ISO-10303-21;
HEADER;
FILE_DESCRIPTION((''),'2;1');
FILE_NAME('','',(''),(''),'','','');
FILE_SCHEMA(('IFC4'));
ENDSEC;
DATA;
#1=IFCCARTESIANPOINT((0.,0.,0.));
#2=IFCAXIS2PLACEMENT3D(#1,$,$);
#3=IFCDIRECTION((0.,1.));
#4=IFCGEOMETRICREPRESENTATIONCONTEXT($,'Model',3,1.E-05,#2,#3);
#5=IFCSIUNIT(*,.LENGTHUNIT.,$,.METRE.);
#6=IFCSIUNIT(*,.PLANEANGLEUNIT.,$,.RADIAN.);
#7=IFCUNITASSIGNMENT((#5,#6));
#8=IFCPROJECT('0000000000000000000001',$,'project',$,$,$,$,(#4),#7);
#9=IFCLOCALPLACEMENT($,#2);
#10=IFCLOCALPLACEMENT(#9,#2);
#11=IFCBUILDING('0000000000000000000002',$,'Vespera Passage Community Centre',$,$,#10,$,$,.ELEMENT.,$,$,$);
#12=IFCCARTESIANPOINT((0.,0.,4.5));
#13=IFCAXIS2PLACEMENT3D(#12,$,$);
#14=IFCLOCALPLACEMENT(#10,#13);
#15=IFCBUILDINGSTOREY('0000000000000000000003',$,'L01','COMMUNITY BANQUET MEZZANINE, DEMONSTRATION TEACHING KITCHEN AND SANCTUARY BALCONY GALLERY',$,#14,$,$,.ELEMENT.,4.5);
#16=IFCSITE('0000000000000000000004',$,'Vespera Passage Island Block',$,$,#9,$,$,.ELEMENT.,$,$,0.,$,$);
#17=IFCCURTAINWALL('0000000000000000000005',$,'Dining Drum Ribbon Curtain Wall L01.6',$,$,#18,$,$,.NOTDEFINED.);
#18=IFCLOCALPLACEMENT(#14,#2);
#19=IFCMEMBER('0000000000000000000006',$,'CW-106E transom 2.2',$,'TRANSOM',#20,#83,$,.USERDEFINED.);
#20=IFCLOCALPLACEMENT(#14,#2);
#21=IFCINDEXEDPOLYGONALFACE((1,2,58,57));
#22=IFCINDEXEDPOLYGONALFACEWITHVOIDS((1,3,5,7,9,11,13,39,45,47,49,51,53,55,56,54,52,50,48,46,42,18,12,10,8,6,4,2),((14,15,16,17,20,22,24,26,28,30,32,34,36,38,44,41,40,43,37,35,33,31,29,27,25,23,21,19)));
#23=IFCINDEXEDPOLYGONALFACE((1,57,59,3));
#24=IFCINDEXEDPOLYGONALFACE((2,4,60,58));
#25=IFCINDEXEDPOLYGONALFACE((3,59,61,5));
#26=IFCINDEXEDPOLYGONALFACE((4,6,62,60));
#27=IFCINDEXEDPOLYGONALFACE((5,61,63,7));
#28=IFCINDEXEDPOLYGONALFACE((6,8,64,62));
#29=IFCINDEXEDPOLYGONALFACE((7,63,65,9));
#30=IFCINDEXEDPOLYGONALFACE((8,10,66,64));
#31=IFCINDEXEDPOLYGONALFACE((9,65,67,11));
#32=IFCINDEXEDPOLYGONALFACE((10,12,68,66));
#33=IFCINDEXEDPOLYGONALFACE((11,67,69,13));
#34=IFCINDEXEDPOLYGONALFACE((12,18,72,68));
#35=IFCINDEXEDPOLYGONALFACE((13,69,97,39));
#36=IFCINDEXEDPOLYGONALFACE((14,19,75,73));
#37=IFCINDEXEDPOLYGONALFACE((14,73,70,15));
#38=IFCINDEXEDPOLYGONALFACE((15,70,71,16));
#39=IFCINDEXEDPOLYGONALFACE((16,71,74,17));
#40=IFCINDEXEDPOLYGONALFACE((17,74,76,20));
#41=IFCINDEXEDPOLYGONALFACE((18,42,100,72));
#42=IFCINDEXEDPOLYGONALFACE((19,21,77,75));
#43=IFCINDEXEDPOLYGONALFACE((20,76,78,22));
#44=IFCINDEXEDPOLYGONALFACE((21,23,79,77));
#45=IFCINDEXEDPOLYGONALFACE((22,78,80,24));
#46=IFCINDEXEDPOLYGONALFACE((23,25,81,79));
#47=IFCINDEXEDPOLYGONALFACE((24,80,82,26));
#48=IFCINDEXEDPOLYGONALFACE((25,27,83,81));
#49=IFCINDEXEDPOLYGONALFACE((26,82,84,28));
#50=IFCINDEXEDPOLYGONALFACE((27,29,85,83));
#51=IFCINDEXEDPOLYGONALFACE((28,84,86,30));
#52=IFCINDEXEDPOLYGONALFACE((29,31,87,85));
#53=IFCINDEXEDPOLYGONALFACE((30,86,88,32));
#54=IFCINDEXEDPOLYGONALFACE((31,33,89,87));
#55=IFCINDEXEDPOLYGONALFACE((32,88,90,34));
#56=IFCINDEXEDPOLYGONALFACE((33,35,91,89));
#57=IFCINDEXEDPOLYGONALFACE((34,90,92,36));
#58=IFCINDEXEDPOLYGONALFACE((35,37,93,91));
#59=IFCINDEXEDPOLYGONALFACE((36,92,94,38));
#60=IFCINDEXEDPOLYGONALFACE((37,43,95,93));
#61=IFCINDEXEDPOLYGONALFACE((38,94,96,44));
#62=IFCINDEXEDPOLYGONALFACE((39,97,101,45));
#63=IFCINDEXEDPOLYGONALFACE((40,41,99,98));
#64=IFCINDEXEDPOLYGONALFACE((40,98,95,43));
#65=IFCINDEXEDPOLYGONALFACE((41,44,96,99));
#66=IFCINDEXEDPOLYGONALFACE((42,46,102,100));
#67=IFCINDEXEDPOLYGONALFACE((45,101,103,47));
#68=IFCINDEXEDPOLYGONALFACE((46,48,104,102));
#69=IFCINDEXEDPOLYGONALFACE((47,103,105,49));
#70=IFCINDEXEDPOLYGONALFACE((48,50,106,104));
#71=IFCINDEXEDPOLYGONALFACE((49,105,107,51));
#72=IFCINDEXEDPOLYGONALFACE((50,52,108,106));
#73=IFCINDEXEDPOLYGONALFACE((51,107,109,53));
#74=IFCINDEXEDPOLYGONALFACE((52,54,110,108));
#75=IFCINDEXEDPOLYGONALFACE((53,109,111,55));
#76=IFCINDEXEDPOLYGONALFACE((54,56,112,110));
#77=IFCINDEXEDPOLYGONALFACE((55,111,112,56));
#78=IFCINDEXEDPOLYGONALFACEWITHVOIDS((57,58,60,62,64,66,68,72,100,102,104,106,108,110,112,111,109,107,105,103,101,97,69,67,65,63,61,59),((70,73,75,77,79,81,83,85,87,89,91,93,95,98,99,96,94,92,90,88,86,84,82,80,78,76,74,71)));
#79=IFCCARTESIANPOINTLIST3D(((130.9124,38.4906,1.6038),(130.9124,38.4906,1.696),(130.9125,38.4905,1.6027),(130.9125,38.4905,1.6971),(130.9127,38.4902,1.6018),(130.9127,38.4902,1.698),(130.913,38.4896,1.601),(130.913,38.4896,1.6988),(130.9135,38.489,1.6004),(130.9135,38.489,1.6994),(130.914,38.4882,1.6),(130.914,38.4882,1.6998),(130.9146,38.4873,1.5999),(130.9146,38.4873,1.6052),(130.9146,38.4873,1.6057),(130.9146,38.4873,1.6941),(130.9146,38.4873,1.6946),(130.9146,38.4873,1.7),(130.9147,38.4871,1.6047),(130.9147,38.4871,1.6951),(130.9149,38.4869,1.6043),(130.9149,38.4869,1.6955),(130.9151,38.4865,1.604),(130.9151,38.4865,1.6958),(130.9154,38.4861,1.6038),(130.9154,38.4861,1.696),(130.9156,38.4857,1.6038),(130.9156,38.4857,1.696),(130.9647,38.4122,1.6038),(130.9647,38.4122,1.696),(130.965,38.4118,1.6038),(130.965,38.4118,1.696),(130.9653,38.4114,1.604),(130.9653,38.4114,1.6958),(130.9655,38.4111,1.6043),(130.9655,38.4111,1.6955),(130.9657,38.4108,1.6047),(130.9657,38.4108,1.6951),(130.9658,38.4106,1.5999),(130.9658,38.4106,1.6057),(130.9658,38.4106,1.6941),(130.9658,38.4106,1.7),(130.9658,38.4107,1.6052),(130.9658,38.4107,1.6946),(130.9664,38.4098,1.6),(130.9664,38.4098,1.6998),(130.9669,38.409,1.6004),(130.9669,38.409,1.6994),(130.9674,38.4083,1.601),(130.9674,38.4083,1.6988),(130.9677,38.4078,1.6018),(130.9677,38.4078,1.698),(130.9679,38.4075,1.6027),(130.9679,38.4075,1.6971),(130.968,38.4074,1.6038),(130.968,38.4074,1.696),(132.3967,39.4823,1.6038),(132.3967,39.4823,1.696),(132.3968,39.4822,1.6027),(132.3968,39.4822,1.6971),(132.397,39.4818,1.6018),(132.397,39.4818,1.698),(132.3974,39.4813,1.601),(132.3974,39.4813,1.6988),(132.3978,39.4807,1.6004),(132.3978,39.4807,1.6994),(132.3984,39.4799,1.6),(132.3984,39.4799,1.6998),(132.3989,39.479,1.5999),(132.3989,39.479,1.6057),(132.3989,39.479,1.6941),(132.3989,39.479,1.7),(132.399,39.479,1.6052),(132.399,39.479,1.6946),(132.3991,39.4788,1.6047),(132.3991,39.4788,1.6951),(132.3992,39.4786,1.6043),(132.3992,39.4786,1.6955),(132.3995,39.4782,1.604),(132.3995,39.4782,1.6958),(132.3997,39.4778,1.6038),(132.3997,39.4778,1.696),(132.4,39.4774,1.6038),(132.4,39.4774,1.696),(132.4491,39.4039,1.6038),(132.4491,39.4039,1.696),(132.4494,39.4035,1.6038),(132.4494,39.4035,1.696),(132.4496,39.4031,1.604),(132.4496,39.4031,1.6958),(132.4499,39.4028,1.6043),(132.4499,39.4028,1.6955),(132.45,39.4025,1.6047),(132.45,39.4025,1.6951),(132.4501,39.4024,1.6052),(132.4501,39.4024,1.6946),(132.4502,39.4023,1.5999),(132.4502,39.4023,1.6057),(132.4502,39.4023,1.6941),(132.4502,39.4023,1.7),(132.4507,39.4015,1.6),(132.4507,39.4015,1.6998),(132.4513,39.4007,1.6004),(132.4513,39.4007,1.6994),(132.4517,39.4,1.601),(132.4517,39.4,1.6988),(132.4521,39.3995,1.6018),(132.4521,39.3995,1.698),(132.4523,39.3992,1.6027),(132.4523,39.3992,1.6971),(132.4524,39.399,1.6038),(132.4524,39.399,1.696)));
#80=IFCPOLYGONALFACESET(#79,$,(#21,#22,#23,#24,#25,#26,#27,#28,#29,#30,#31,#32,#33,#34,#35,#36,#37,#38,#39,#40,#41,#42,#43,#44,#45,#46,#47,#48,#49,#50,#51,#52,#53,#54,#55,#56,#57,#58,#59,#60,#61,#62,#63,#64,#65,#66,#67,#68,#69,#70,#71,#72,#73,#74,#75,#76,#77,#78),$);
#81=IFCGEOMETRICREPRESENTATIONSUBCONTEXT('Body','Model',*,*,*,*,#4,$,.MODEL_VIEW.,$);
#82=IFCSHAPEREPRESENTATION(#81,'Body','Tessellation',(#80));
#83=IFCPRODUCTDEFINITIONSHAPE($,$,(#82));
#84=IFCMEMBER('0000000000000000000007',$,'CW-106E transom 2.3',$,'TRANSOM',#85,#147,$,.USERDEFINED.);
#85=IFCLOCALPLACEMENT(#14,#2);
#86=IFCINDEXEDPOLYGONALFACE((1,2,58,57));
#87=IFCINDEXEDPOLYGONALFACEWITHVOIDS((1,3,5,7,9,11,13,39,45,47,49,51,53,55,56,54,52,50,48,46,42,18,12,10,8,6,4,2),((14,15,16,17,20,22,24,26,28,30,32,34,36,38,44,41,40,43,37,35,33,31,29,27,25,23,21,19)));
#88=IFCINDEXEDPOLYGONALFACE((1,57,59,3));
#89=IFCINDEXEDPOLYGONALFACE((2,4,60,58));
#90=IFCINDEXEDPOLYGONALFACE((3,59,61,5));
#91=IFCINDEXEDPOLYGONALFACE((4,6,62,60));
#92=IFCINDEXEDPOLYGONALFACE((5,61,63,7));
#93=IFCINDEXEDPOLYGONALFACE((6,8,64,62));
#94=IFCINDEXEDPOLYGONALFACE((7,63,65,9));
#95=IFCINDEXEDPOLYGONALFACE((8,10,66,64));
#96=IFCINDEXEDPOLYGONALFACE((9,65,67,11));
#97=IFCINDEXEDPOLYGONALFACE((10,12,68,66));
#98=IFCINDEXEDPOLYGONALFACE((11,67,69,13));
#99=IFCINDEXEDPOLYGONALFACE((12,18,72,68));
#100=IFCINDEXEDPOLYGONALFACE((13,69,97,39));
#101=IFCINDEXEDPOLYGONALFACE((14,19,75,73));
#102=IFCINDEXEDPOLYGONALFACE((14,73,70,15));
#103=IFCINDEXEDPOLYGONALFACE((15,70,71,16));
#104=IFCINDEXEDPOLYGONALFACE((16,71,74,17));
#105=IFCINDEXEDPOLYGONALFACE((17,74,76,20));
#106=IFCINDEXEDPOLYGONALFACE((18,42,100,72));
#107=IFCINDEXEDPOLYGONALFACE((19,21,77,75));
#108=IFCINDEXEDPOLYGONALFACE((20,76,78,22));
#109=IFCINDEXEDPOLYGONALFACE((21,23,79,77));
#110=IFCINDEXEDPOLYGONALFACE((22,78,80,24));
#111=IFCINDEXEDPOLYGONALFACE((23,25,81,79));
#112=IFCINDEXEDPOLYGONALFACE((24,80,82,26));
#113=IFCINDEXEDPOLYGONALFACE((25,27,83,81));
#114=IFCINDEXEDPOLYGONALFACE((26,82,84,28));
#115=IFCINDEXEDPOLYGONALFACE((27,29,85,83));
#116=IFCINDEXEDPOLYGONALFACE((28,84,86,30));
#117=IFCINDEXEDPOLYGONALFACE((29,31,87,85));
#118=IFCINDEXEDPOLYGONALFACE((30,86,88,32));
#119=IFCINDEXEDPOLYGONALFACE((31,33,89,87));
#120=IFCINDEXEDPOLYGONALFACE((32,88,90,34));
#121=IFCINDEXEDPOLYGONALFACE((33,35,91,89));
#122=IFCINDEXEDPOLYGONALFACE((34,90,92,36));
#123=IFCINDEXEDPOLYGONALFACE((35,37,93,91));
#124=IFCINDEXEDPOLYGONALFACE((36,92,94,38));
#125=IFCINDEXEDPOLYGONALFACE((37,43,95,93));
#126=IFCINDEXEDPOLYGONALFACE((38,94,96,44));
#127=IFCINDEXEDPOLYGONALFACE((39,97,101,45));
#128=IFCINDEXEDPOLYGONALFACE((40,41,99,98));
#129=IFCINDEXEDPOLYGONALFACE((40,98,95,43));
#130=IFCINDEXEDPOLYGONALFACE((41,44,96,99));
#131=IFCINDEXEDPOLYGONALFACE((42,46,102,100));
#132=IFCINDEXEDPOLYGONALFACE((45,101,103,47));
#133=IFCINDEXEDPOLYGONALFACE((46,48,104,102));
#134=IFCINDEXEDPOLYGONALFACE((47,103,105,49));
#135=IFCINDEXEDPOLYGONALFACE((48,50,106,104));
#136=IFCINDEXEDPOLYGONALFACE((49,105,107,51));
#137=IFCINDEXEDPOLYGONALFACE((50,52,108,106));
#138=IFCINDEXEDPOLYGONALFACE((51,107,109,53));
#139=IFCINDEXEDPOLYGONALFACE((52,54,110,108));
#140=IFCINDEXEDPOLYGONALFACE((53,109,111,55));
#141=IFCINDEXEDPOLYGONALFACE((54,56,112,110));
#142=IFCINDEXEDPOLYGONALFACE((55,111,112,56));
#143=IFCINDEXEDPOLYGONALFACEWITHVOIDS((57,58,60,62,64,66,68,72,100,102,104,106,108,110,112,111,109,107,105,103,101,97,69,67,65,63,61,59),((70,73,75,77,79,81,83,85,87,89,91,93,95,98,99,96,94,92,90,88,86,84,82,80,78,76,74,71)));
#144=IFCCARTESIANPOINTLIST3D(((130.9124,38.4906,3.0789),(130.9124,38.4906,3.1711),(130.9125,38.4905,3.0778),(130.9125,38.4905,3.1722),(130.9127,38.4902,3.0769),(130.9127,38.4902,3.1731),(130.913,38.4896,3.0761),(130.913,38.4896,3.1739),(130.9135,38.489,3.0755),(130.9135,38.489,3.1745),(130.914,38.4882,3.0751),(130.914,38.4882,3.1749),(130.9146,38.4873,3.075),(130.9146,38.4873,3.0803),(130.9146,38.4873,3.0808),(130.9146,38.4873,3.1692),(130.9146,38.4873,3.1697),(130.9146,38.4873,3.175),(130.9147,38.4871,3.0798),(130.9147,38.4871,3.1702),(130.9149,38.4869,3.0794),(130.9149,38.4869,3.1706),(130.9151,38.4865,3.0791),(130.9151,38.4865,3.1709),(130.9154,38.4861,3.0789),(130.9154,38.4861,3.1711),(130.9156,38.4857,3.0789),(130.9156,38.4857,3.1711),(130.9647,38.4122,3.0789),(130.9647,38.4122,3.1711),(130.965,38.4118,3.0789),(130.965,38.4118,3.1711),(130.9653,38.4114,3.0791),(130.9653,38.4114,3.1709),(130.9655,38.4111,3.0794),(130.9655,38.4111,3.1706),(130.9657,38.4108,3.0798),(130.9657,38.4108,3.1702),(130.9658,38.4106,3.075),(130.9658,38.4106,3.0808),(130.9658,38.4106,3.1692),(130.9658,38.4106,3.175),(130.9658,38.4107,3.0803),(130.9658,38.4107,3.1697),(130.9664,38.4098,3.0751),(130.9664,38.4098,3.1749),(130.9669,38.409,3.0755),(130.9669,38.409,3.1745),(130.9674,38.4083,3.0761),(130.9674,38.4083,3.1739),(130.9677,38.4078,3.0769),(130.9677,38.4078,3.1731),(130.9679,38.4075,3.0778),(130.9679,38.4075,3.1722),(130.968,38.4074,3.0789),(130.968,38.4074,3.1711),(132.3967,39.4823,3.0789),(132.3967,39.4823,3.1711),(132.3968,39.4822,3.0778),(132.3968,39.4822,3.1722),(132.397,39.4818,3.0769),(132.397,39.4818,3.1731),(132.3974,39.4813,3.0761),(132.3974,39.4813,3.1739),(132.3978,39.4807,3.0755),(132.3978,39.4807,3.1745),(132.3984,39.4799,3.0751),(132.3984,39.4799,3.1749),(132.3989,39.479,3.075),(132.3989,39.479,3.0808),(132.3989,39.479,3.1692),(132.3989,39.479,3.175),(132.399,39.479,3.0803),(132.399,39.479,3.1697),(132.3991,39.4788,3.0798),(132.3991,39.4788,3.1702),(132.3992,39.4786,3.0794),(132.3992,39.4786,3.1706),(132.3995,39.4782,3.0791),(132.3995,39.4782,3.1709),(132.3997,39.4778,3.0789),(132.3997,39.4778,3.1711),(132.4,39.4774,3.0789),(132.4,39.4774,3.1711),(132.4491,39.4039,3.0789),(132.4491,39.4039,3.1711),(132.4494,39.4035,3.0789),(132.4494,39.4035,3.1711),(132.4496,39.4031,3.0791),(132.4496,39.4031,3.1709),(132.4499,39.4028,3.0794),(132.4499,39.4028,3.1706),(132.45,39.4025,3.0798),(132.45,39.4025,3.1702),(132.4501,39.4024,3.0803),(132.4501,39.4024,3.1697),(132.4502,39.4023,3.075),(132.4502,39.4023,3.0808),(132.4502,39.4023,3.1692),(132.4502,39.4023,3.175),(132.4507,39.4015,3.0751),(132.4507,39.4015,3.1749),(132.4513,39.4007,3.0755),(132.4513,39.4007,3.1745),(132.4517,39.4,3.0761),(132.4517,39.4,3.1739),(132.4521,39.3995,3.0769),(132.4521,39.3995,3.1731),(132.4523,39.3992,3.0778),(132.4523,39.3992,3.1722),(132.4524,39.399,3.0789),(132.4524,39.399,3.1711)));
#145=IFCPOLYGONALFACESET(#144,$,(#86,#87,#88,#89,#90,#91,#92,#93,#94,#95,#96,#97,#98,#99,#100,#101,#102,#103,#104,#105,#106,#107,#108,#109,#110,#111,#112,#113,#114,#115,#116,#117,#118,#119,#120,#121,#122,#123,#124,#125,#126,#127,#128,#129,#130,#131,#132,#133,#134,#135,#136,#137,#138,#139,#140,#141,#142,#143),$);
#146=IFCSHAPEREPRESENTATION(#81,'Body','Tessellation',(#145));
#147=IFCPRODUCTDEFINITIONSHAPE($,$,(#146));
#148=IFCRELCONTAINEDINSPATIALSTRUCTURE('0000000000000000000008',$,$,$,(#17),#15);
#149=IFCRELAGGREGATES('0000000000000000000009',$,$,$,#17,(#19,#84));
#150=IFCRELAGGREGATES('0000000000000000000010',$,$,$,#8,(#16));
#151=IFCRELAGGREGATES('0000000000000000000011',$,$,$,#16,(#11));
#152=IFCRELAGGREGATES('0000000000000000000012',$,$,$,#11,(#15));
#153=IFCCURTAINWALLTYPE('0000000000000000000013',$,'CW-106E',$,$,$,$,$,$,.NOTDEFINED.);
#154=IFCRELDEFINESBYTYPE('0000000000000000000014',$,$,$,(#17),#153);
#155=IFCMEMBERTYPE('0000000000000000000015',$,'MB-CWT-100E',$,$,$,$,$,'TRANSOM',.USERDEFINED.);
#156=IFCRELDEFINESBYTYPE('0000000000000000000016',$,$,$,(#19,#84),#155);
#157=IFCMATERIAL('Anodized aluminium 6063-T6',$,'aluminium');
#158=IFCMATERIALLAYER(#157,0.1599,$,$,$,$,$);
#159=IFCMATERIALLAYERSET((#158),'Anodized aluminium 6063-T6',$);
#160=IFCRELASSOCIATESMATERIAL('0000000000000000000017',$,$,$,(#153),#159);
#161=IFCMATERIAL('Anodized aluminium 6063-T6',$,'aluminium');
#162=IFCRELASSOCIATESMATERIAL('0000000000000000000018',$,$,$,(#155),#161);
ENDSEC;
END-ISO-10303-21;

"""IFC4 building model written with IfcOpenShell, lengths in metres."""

from ifc_helpers import new_model, si_unit, direction, frame, origin, origin_2d, place, context, subcontext, project, spatial, hollow_rectangle, extrude, material, layer, layer_set, material_profile, profile_set, type_object, element, aggregate, save


model = new_model("IFC4")

# Units and contexts
model_context = context("Model", 3, precision=1e-05, world=origin(), true_north=direction((0.0, 1.0)))
body_context = subcontext(model_context, "Body", "Model", "MODEL_VIEW")
ifc_project = project(units=[si_unit("LENGTHUNIT", "METRE"), si_unit("PLANEANGLEUNIT", "RADIAN")], contexts=[model_context])

# Site, building, storey
site_placement = place(None, origin())
site = spatial("IfcSite", under=ifc_project, at=site_placement, Name="Vespera Passage Island Block", CompositionType="ELEMENT", RefElevation=0.0)
building_placement = place(site_placement, origin())
building = spatial("IfcBuilding", under=site, at=building_placement, Name="Vespera Passage Community Centre", CompositionType="ELEMENT")
storey_placement = place(building_placement, frame((0.0, 0.0, 4.5)))
storey = spatial("IfcBuildingStorey", under=building, at=storey_placement, Name="L01", Description="COMMUNITY BANQUET MEZZANINE, DEMONSTRATION TEACHING KITCHEN AND SANCTUARY BALCONY GALLERY", CompositionType="ELEMENT", Elevation=4.5)

# Curtain wall, members
ifc_material_1 = material(Name="Anodized aluminium 6063-T6", Category="aluminium")
ifc_layer_1 = layer(ifc_material_1, 0.1599)
ifc_layer_set_1 = layer_set([ifc_layer_1], Name="Anodized aluminium 6063-T6")
curtain_wall_type = type_object("IfcCurtainWallType", Name="CW-106E", PredefinedType="NOTDEFINED", material=ifc_layer_set_1)
curtain_wall_placement = place(storey_placement, origin())
curtain_wall = element("IfcCurtainWall", 1, at=curtain_wall_placement, inside=storey, type_object=curtain_wall_type, Name="Dining Drum Ribbon Curtain Wall L01.6", PredefinedType="NOTDEFINED")
ifc_material_2 = material(Name="Anodized aluminium 6063-T6", Category="aluminium")
ifc_material_profile_1 = material_profile(ifc_material_2, hollow_rectangle(XDim=0.1001, YDim=0.1001, WallThickness=0.0039, InnerFilletRadius=0.002, OuterFilletRadius=0.0039, at=origin_2d()), Name="ALU100X100X4")
ifc_profile_set_1 = profile_set([ifc_material_profile_1], Name="Anodized aluminium 6063-T6")
member_type_1 = type_object("IfcMemberType", Name="MB-CWT-100E", ElementType="TRANSOM", PredefinedType="USERDEFINED", material=ifc_profile_set_1)
member_1_placement = place(storey_placement, frame((130.9402, 38.449, 1.6499), z_axis=(0.831503, 0.55552, 0.0), x_axis=(-0.55552, 0.831503, 0.0)))
member_1 = element("IfcMember", 2, at=member_1_placement, type_object=member_type_1, Name="CW-106E transom 2.2", ObjectType="TRANSOM", PredefinedType="USERDEFINED", context=body_context, shape_type="SweptSolid", body=[
    extrude(hollow_rectangle(XDim=0.1001, YDim=0.1001, WallThickness=0.0039, InnerFilletRadius=0.002, OuterFilletRadius=0.0039, at=origin_2d()), origin(), (0.0, 0.0, 1.0), 1.7852),
])
member_2_placement = place(storey_placement, frame((130.9402, 38.449, 3.125), z_axis=(0.831503, 0.55552, 0.0), x_axis=(-0.55552, 0.831503, 0.0)))
member_2 = element("IfcMember", 3, at=member_2_placement, type_object=member_type_1, Name="CW-106E transom 2.3", ObjectType="TRANSOM", PredefinedType="USERDEFINED", context=body_context, shape_type="SweptSolid", body=[
    extrude(hollow_rectangle(XDim=0.1001, YDim=0.1001, WallThickness=0.0039, InnerFilletRadius=0.002, OuterFilletRadius=0.0039, at=origin_2d()), origin(), (0.0, 0.0, 1.0), 1.7852),
])
aggregate(curtain_wall, [member_1, member_2])

save(model, "model.ifc")
